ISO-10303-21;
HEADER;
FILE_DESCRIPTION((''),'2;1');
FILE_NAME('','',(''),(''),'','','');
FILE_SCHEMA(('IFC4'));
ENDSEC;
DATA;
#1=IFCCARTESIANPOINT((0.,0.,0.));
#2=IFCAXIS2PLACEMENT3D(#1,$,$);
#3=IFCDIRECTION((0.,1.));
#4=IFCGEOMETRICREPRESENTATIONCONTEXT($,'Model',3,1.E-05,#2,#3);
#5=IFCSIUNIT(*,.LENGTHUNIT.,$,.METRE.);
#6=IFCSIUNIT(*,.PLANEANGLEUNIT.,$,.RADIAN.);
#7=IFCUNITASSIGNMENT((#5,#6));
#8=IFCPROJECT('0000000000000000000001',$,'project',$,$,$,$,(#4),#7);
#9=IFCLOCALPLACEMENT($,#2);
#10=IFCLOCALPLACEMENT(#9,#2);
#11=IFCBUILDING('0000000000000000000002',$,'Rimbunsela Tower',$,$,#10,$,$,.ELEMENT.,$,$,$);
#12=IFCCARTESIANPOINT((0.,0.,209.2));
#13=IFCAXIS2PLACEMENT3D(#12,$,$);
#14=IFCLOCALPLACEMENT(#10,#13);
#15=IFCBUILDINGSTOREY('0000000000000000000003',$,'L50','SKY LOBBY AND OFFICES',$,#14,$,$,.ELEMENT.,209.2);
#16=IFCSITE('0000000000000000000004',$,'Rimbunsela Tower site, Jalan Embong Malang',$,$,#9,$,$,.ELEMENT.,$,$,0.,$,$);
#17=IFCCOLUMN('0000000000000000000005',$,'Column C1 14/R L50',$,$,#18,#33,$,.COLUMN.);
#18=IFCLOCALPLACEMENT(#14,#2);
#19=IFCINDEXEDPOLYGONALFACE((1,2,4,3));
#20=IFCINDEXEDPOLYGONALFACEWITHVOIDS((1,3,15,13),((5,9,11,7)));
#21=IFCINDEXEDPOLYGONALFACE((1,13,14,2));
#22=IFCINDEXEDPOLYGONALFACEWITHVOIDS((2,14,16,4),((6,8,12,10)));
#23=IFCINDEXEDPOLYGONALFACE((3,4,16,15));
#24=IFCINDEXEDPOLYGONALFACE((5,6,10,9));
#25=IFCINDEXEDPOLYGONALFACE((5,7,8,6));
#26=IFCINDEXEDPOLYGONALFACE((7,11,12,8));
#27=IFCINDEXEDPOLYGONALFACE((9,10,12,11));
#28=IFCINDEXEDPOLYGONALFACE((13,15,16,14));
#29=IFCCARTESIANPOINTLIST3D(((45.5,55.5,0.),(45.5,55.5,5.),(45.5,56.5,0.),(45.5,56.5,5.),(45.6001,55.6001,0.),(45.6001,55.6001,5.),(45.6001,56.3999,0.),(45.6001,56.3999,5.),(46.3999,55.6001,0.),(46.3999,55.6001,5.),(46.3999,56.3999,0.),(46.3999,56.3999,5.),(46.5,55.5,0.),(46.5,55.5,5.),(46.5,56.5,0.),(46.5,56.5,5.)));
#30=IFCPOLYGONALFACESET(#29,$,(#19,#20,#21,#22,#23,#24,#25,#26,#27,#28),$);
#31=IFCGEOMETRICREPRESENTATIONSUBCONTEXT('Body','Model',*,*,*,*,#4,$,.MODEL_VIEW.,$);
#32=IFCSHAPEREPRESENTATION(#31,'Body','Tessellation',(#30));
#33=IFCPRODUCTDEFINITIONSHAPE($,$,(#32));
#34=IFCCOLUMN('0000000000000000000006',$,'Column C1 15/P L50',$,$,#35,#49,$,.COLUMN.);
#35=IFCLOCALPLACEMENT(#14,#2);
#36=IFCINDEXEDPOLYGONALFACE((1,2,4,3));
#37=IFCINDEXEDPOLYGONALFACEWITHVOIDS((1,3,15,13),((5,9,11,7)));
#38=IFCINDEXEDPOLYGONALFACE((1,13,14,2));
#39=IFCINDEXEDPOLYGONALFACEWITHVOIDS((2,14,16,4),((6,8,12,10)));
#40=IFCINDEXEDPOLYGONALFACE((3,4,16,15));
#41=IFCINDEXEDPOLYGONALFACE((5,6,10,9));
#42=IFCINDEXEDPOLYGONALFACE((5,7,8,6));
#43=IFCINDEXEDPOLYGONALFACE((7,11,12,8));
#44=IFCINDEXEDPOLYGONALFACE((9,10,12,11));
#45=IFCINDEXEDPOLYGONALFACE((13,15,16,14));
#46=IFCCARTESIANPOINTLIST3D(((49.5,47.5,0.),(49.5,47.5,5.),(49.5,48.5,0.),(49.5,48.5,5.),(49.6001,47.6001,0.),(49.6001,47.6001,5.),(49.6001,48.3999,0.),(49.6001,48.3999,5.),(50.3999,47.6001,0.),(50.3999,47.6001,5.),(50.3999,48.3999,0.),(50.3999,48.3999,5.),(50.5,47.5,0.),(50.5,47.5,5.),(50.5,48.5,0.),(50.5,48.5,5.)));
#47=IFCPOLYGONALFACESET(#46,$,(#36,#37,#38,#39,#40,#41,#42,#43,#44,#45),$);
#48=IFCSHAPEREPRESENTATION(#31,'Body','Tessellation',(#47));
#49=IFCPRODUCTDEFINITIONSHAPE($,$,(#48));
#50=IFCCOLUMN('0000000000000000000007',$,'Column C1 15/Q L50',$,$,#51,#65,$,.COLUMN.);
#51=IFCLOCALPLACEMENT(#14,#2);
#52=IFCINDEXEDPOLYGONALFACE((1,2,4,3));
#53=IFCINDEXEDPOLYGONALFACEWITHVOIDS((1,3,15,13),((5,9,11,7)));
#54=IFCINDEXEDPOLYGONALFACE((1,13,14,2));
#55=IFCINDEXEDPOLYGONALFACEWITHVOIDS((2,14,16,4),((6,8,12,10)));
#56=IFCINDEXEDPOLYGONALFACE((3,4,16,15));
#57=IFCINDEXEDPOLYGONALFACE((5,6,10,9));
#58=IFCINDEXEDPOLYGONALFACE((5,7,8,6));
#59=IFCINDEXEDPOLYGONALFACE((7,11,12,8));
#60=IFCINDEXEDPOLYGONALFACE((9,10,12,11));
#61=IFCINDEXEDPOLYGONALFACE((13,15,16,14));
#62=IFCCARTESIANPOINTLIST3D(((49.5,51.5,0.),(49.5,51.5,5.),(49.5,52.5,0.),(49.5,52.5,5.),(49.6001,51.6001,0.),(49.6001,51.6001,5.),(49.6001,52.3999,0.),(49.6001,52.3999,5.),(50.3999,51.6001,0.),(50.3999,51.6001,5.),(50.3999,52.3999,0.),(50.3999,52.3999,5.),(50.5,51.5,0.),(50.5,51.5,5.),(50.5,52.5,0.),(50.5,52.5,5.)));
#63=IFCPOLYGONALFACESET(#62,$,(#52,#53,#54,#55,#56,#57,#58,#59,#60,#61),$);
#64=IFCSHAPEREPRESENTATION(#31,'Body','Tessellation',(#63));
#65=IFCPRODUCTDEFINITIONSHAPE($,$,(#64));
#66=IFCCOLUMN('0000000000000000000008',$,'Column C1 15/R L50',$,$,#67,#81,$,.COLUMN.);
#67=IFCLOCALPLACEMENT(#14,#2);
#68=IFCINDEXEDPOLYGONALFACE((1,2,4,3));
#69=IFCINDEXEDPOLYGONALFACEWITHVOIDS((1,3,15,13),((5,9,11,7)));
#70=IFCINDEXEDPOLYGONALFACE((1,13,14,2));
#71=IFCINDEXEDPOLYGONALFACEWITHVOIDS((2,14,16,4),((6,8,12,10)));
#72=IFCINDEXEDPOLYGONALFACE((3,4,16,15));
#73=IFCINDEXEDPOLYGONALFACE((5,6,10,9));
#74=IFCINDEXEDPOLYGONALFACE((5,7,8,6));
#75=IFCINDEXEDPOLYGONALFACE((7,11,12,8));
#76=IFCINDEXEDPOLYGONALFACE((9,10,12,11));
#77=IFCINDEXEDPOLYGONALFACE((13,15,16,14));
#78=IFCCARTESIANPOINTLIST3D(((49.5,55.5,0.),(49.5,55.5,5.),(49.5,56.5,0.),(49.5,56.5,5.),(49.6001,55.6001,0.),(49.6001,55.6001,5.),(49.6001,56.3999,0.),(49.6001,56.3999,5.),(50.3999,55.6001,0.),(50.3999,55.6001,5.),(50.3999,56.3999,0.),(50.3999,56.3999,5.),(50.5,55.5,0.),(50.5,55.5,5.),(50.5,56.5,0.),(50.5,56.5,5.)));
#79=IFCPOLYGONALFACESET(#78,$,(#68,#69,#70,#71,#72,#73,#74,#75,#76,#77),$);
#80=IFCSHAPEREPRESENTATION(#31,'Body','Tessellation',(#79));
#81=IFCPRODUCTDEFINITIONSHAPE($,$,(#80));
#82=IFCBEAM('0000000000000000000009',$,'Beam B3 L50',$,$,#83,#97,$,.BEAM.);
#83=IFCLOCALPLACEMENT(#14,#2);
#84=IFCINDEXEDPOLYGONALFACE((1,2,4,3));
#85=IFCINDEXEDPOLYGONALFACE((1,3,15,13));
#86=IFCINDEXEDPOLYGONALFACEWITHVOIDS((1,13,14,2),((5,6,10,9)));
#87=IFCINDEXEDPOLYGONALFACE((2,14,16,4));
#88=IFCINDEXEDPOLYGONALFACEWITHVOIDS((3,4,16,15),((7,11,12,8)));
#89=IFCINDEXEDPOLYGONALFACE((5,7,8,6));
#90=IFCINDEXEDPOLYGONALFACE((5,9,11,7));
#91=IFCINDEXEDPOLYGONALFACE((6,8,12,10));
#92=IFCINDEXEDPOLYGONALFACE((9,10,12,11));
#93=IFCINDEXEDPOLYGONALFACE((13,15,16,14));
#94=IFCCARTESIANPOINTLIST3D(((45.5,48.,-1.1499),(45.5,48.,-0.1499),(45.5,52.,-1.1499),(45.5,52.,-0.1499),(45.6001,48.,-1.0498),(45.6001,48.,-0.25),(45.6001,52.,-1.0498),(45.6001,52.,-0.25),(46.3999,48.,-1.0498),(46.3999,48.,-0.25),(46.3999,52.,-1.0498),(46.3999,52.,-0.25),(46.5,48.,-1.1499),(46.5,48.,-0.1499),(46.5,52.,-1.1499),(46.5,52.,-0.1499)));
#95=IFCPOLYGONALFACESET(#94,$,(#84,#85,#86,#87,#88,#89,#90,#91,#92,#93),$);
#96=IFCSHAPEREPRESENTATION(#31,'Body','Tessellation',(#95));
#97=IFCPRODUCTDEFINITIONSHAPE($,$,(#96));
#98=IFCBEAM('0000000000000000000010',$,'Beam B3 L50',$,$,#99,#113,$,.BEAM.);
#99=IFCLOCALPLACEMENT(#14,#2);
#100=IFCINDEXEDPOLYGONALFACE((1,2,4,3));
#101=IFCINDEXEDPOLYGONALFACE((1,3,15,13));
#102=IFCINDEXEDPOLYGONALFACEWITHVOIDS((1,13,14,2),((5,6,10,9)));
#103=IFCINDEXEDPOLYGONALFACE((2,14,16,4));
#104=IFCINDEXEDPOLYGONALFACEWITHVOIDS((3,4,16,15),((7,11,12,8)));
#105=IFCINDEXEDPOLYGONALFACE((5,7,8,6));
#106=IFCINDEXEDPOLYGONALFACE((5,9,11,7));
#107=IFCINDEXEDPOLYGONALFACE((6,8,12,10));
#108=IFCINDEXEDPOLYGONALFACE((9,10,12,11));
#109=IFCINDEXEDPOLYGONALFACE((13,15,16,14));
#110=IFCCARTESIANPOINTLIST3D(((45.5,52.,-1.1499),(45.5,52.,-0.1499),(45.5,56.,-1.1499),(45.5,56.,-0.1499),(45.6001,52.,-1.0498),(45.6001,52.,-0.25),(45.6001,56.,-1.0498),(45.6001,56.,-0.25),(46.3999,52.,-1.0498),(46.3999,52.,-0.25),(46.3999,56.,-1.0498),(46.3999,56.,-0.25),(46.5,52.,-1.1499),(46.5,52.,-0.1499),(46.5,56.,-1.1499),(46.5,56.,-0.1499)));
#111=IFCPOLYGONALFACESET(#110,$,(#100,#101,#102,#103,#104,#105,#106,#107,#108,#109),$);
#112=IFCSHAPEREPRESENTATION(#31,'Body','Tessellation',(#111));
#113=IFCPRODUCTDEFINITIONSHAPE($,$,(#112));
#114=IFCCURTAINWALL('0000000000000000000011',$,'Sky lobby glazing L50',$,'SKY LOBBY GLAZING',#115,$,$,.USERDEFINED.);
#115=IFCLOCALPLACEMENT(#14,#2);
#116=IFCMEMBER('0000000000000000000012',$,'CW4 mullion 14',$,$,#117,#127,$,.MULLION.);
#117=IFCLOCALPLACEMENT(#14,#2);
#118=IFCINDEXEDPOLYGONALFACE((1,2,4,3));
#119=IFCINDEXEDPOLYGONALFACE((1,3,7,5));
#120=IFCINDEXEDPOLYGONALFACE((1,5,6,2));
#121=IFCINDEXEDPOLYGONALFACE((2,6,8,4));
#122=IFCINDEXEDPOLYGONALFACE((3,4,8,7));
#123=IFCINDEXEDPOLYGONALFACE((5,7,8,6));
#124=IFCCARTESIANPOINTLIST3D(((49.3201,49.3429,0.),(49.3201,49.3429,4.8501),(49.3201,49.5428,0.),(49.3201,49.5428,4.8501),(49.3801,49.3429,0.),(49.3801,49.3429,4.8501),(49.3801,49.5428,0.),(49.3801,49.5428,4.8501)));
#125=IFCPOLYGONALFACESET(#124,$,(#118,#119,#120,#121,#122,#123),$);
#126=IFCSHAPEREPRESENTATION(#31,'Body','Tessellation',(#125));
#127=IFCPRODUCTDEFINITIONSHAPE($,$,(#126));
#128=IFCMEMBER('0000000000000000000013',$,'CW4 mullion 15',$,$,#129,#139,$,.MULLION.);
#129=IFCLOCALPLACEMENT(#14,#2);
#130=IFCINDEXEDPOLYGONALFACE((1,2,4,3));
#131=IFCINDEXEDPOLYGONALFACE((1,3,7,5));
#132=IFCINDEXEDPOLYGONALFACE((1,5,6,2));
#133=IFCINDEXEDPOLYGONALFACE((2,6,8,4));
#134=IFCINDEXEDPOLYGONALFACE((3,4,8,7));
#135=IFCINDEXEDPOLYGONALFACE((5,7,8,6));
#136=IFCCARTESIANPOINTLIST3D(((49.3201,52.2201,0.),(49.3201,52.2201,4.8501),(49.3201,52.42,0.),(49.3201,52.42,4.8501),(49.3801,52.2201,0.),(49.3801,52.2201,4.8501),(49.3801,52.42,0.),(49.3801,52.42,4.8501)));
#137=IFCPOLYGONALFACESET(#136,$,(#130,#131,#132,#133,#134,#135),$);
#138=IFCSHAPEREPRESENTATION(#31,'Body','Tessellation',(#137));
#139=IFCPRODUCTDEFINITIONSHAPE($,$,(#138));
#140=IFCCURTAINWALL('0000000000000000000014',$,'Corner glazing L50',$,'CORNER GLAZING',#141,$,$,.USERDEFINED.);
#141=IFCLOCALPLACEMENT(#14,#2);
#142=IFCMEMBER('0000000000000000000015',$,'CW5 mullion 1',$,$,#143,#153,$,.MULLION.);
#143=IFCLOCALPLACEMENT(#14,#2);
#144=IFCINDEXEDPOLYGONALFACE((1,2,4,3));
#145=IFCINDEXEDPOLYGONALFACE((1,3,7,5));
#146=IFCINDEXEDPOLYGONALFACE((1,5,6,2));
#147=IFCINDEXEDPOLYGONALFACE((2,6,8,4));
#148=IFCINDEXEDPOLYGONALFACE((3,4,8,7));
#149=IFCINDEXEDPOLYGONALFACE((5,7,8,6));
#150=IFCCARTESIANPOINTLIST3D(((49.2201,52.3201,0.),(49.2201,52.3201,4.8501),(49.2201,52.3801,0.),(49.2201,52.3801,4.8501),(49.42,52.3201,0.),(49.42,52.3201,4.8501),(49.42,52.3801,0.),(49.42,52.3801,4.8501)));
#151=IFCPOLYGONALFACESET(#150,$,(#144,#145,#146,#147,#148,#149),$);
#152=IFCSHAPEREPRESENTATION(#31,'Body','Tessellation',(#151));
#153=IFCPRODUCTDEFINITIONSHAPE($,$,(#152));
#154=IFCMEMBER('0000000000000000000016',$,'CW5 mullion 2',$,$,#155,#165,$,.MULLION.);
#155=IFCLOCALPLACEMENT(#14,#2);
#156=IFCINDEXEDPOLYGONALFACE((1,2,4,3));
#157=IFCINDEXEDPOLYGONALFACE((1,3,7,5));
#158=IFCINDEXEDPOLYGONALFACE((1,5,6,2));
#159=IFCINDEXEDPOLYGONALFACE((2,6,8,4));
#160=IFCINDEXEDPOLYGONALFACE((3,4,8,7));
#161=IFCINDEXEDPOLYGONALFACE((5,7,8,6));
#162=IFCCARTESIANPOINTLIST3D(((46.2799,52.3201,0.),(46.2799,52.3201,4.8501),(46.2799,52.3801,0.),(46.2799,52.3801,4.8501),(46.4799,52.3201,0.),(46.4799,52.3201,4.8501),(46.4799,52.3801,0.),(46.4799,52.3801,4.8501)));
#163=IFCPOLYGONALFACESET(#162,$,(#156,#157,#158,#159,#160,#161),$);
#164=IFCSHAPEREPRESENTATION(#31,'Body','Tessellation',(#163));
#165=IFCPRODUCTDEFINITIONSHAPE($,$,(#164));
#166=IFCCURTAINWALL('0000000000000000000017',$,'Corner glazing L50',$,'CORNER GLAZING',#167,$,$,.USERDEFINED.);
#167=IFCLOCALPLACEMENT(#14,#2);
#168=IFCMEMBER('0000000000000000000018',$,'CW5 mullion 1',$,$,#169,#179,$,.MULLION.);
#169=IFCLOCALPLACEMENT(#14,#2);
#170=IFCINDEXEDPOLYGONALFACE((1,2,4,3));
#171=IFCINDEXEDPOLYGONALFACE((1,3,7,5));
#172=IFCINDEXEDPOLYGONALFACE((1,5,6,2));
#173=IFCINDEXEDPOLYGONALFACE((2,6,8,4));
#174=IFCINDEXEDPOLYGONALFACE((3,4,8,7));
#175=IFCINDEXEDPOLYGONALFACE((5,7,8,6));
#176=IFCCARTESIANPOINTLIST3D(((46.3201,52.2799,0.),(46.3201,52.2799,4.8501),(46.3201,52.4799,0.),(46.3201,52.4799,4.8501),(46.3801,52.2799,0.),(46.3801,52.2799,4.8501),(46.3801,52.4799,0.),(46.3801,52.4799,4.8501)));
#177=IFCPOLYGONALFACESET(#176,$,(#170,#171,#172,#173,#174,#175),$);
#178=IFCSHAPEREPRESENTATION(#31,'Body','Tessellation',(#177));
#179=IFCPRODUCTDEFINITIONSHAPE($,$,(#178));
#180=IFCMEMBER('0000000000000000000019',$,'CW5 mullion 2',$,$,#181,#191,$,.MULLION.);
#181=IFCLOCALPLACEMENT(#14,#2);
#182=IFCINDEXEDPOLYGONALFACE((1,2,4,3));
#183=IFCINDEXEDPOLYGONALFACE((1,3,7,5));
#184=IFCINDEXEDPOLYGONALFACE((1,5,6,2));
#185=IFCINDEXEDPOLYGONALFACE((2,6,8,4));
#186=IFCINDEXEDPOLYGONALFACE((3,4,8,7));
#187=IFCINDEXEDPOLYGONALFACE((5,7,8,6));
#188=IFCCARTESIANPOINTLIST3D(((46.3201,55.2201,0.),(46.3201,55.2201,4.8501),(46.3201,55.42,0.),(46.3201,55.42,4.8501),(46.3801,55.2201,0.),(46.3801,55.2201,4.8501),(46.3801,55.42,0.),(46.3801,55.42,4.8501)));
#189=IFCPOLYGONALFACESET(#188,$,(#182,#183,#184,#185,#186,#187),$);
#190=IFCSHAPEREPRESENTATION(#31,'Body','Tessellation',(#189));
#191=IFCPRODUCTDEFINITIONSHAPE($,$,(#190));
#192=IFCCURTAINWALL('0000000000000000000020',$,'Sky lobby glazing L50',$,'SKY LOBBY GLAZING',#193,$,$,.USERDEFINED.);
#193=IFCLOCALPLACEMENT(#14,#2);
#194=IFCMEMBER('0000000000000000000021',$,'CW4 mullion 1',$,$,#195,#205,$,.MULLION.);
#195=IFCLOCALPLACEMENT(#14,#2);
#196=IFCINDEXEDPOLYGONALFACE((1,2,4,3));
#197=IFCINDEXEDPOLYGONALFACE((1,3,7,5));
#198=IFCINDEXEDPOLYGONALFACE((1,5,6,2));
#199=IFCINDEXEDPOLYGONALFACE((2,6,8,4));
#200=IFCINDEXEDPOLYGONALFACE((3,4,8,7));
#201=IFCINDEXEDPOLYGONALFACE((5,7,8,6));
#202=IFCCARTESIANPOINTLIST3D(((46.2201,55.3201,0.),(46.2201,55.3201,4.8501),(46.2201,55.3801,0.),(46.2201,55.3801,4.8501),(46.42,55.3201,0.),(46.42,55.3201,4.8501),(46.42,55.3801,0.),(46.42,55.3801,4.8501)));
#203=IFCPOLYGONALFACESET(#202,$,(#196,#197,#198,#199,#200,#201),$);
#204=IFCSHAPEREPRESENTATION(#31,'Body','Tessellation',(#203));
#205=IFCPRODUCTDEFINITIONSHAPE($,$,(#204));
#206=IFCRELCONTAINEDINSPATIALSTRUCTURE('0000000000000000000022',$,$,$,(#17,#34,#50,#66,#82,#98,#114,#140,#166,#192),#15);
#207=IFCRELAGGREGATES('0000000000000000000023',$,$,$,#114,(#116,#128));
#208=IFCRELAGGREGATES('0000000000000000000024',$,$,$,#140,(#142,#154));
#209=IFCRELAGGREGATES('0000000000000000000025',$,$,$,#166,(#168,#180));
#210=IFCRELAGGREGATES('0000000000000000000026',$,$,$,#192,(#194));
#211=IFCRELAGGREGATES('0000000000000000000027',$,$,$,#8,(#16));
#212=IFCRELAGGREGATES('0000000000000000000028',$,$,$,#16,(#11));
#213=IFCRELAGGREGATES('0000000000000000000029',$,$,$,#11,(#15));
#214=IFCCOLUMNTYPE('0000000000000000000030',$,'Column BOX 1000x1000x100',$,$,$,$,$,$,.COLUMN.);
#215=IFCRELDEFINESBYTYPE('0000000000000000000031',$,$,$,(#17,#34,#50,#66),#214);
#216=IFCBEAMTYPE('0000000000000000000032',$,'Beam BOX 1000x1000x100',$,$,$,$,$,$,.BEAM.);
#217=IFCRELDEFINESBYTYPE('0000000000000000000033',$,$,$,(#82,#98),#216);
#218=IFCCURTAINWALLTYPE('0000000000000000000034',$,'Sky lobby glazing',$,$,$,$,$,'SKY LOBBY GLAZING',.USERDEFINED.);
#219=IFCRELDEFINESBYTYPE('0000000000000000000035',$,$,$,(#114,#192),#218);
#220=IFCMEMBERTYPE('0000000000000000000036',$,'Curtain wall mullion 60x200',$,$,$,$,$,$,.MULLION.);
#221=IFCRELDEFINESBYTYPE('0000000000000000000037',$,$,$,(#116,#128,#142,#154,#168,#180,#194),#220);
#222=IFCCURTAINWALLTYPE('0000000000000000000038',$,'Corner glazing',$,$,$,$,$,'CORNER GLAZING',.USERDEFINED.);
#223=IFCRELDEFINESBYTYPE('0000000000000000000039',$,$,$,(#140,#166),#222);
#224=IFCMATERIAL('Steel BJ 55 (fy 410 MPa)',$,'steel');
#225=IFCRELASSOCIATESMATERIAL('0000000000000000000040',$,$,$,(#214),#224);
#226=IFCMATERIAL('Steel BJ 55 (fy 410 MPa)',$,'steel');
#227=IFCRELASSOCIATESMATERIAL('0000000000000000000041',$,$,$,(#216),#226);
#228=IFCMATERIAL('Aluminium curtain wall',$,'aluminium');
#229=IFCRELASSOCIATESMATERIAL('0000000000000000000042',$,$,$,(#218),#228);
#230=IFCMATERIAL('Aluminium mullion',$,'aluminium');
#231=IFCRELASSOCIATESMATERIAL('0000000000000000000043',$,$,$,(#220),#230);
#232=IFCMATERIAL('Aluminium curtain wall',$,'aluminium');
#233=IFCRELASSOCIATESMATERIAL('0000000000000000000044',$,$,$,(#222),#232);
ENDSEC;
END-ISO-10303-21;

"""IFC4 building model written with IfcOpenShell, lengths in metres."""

from ifc_helpers import new_model, si_unit, direction, frame, origin, origin_2d, place, context, subcontext, project, spatial, rectangle, hollow_rectangle, extrude, material, material_profile, profile_set, type_object, element, aggregate, save


model = new_model("IFC4")

# Units and contexts
model_context = context("Model", 3, precision=1e-05, world=origin(), true_north=direction((0.0, 1.0)))
body_context = subcontext(model_context, "Body", "Model", "MODEL_VIEW")
ifc_project = project(units=[si_unit("LENGTHUNIT", "METRE"), si_unit("PLANEANGLEUNIT", "RADIAN")], contexts=[model_context])

# Site, building, storey
site_placement = place(None, origin())
site = spatial("IfcSite", under=ifc_project, at=site_placement, Name="Rimbunsela Tower site, Jalan Embong Malang", CompositionType="ELEMENT", RefElevation=0.0)
building_placement = place(site_placement, origin())
building = spatial("IfcBuilding", under=site, at=building_placement, Name="Rimbunsela Tower", CompositionType="ELEMENT")
storey_placement = place(building_placement, frame((0.0, 0.0, 209.2)))
storey = spatial("IfcBuildingStorey", under=building, at=storey_placement, Name="L50", Description="SKY LOBBY AND OFFICES", CompositionType="ELEMENT", Elevation=209.2)

# Columns
ifc_material_1 = material(Name="Steel BJ 55 (fy 410 MPa)", Category="steel")
ifc_material_profile_1 = material_profile(ifc_material_1, hollow_rectangle(XDim=1.0, YDim=1.0, WallThickness=0.1001, at=origin_2d()), Name="BOX 1000x1000x100")
ifc_profile_set_1 = profile_set([ifc_material_profile_1], Name="Steel BJ 55 (fy 410 MPa)")
column_type = type_object("IfcColumnType", Name="Column BOX 1000x1000x100", PredefinedType="COLUMN", material=ifc_profile_set_1)
for number, where, z_axis, x_axis, name in (
    (1, (46.0, 56.0, 0.0), (0.0, 0.0, 1.0), (1.0, 0.0, 0.0), "Column C1 14/R L50"),
    (2, (50.0, 48.0, 0.0), (0.0, 0.0, 1.0), (1.0, 0.0, 0.0), "Column C1 15/P L50"),
    (3, (50.0, 52.0, 0.0), (0.0, 0.0, 1.0), (1.0, 0.0, 0.0), "Column C1 15/Q L50"),
    (4, (50.0, 56.0, 0.0), (0.0, 0.0, 1.0), (1.0, 0.0, 0.0), "Column C1 15/R L50"),
):
    element("IfcColumn", number, at=place(storey_placement, frame(where, z_axis=z_axis, x_axis=x_axis)), inside=storey, type_object=column_type, Name=name, PredefinedType="COLUMN", context=body_context, shape_type="SweptSolid", body=[
        extrude(hollow_rectangle(XDim=1.0, YDim=1.0, WallThickness=0.1001, at=origin_2d()), origin(), (0.0, 0.0, 1.0), 5.0),
    ])

# Beams
ifc_material_2 = material(Name="Steel BJ 55 (fy 410 MPa)", Category="steel")
ifc_material_profile_2 = material_profile(ifc_material_2, hollow_rectangle(XDim=1.0, YDim=1.0, WallThickness=0.1001, at=origin_2d()), Name="BOX 1000x1000x100")
ifc_profile_set_2 = profile_set([ifc_material_profile_2], Name="Steel BJ 55 (fy 410 MPa)")
beam_type = type_object("IfcBeamType", Name="Beam BOX 1000x1000x100", PredefinedType="BEAM", material=ifc_profile_set_2)
for number, where, z_axis, x_axis, name in (
    (5, (46.0, 48.0, -0.6499), (0.0, 1.0, 0.0), (-1.0, 0.0, 0.0), "Beam B3 L50"),
    (6, (46.0, 52.0, -0.6499), (0.0, 1.0, 0.0), (-1.0, 0.0, 0.0), "Beam B3 L50"),
):
    element("IfcBeam", number, at=place(storey_placement, frame(where, z_axis=z_axis, x_axis=x_axis)), inside=storey, type_object=beam_type, Name=name, PredefinedType="BEAM", context=body_context, shape_type="SweptSolid", body=[
        extrude(hollow_rectangle(XDim=1.0, YDim=1.0, WallThickness=0.1001, at=origin_2d()), origin(), (0.0, 0.0, 1.0), 4.0),
    ])

# Curtain walls, members
ifc_material_3 = material(Name="Aluminium curtain wall", Category="aluminium")
curtain_wall_type_1 = type_object("IfcCurtainWallType", Name="Sky lobby glazing", ElementType="SKY LOBBY GLAZING", PredefinedType="USERDEFINED", material=ifc_material_3)
curtain_wall_1_placement = place(storey_placement, origin())
curtain_wall_1 = element("IfcCurtainWall", 7, at=curtain_wall_1_placement, inside=storey, type_object=curtain_wall_type_1, Name="Sky lobby glazing L50", ObjectType="SKY LOBBY GLAZING", PredefinedType="USERDEFINED")
ifc_material_4 = material(Name="Aluminium mullion", Category="aluminium")
ifc_material_profile_3 = material_profile(ifc_material_4, rectangle(XDim=0.0601, YDim=0.2, at=origin_2d()), Name="Mullion 60x200")
ifc_profile_set_3 = profile_set([ifc_material_profile_3], Name="Aluminium mullion")
member_type_1 = type_object("IfcMemberType", Name="Curtain wall mullion 60x200", PredefinedType="MULLION", material=ifc_profile_set_3)
member_1_placement = place(storey_placement, frame((49.3501, 49.4429, 0.0), z_axis=(0.0, 0.0, 1.0), x_axis=(-1.0, 0.0, 0.0)))
member_1 = element("IfcMember", 8, at=member_1_placement, type_object=member_type_1, Name="CW4 mullion 14", PredefinedType="MULLION", context=body_context, shape_type="SweptSolid", body=[
    extrude(rectangle(XDim=0.0601, YDim=0.2, at=origin_2d()), origin(), (0.0, 0.0, 1.0), 4.8501),
])
member_2_placement = place(storey_placement, frame((49.3501, 52.3201, 0.0), z_axis=(0.0, 0.0, 1.0), x_axis=(-1.0, 0.0, 0.0)))
member_2 = element("IfcMember", 9, at=member_2_placement, type_object=member_type_1, Name="CW4 mullion 15", PredefinedType="MULLION", context=body_context, shape_type="SweptSolid", body=[
    extrude(rectangle(XDim=0.0601, YDim=0.2, at=origin_2d()), origin(), (0.0, 0.0, 1.0), 4.8501),
])
ifc_material_5 = material(Name="Aluminium curtain wall", Category="aluminium")
curtain_wall_type_2 = type_object("IfcCurtainWallType", Name="Corner glazing", ElementType="CORNER GLAZING", PredefinedType="USERDEFINED", material=ifc_material_5)
curtain_wall_2_placement = place(storey_placement, origin())
curtain_wall_2 = element("IfcCurtainWall", 10, at=curtain_wall_2_placement, inside=storey, type_object=curtain_wall_type_2, Name="Corner glazing L50", ObjectType="CORNER GLAZING", PredefinedType="USERDEFINED")
member_3_placement = place(storey_placement, frame((49.3201, 52.3501, 0.0), z_axis=(0.0, 0.0, 1.0), x_axis=(0.0, -1.0, 0.0)))
member_3 = element("IfcMember", 11, at=member_3_placement, type_object=member_type_1, Name="CW5 mullion 1", PredefinedType="MULLION", context=body_context, shape_type="SweptSolid", body=[
    extrude(rectangle(XDim=0.0601, YDim=0.2, at=origin_2d()), origin(), (0.0, 0.0, 1.0), 4.8501),
])
member_4_placement = place(storey_placement, frame((46.3799, 52.3501, 0.0), z_axis=(0.0, 0.0, 1.0), x_axis=(0.0, -1.0, 0.0)))
member_4 = element("IfcMember", 12, at=member_4_placement, type_object=member_type_1, Name="CW5 mullion 2", PredefinedType="MULLION", context=body_context, shape_type="SweptSolid", body=[
    extrude(rectangle(XDim=0.0601, YDim=0.2, at=origin_2d()), origin(), (0.0, 0.0, 1.0), 4.8501),
])
curtain_wall_3_placement = place(storey_placement, origin())
curtain_wall_3 = element("IfcCurtainWall", 13, at=curtain_wall_3_placement, inside=storey, type_object=curtain_wall_type_2, Name="Corner glazing L50", ObjectType="CORNER GLAZING", PredefinedType="USERDEFINED")
member_5_placement = place(storey_placement, frame((46.3501, 52.3799, 0.0), z_axis=(0.0, 0.0, 1.0), x_axis=(-1.0, 0.0, 0.0)))
member_5 = element("IfcMember", 14, at=member_5_placement, type_object=member_type_1, Name="CW5 mullion 1", PredefinedType="MULLION", context=body_context, shape_type="SweptSolid", body=[
    extrude(rectangle(XDim=0.0601, YDim=0.2, at=origin_2d()), origin(), (0.0, 0.0, 1.0), 4.8501),
])
member_6_placement = place(storey_placement, frame((46.3501, 55.3201, 0.0), z_axis=(0.0, 0.0, 1.0), x_axis=(-1.0, 0.0, 0.0)))
member_6 = element("IfcMember", 15, at=member_6_placement, type_object=member_type_1, Name="CW5 mullion 2", PredefinedType="MULLION", context=body_context, shape_type="SweptSolid", body=[
    extrude(rectangle(XDim=0.0601, YDim=0.2, at=origin_2d()), origin(), (0.0, 0.0, 1.0), 4.8501),
])
curtain_wall_4_placement = place(storey_placement, origin())
curtain_wall_4 = element("IfcCurtainWall", 16, at=curtain_wall_4_placement, inside=storey, type_object=curtain_wall_type_1, Name="Sky lobby glazing L50", ObjectType="SKY LOBBY GLAZING", PredefinedType="USERDEFINED")
member_7_placement = place(storey_placement, frame((46.3201, 55.3501, 0.0), z_axis=(0.0, 0.0, 1.0), x_axis=(0.0, -1.0, 0.0)))
member_7 = element("IfcMember", 17, at=member_7_placement, type_object=member_type_1, Name="CW4 mullion 1", PredefinedType="MULLION", context=body_context, shape_type="SweptSolid", body=[
    extrude(rectangle(XDim=0.0601, YDim=0.2, at=origin_2d()), origin(), (0.0, 0.0, 1.0), 4.8501),
])

aggregate(curtain_wall_1, [member_1, member_2])
aggregate(curtain_wall_2, [member_3, member_4])
aggregate(curtain_wall_3, [member_5, member_6])
aggregate(curtain_wall_4, [member_7])

save(model, "model.ifc")
